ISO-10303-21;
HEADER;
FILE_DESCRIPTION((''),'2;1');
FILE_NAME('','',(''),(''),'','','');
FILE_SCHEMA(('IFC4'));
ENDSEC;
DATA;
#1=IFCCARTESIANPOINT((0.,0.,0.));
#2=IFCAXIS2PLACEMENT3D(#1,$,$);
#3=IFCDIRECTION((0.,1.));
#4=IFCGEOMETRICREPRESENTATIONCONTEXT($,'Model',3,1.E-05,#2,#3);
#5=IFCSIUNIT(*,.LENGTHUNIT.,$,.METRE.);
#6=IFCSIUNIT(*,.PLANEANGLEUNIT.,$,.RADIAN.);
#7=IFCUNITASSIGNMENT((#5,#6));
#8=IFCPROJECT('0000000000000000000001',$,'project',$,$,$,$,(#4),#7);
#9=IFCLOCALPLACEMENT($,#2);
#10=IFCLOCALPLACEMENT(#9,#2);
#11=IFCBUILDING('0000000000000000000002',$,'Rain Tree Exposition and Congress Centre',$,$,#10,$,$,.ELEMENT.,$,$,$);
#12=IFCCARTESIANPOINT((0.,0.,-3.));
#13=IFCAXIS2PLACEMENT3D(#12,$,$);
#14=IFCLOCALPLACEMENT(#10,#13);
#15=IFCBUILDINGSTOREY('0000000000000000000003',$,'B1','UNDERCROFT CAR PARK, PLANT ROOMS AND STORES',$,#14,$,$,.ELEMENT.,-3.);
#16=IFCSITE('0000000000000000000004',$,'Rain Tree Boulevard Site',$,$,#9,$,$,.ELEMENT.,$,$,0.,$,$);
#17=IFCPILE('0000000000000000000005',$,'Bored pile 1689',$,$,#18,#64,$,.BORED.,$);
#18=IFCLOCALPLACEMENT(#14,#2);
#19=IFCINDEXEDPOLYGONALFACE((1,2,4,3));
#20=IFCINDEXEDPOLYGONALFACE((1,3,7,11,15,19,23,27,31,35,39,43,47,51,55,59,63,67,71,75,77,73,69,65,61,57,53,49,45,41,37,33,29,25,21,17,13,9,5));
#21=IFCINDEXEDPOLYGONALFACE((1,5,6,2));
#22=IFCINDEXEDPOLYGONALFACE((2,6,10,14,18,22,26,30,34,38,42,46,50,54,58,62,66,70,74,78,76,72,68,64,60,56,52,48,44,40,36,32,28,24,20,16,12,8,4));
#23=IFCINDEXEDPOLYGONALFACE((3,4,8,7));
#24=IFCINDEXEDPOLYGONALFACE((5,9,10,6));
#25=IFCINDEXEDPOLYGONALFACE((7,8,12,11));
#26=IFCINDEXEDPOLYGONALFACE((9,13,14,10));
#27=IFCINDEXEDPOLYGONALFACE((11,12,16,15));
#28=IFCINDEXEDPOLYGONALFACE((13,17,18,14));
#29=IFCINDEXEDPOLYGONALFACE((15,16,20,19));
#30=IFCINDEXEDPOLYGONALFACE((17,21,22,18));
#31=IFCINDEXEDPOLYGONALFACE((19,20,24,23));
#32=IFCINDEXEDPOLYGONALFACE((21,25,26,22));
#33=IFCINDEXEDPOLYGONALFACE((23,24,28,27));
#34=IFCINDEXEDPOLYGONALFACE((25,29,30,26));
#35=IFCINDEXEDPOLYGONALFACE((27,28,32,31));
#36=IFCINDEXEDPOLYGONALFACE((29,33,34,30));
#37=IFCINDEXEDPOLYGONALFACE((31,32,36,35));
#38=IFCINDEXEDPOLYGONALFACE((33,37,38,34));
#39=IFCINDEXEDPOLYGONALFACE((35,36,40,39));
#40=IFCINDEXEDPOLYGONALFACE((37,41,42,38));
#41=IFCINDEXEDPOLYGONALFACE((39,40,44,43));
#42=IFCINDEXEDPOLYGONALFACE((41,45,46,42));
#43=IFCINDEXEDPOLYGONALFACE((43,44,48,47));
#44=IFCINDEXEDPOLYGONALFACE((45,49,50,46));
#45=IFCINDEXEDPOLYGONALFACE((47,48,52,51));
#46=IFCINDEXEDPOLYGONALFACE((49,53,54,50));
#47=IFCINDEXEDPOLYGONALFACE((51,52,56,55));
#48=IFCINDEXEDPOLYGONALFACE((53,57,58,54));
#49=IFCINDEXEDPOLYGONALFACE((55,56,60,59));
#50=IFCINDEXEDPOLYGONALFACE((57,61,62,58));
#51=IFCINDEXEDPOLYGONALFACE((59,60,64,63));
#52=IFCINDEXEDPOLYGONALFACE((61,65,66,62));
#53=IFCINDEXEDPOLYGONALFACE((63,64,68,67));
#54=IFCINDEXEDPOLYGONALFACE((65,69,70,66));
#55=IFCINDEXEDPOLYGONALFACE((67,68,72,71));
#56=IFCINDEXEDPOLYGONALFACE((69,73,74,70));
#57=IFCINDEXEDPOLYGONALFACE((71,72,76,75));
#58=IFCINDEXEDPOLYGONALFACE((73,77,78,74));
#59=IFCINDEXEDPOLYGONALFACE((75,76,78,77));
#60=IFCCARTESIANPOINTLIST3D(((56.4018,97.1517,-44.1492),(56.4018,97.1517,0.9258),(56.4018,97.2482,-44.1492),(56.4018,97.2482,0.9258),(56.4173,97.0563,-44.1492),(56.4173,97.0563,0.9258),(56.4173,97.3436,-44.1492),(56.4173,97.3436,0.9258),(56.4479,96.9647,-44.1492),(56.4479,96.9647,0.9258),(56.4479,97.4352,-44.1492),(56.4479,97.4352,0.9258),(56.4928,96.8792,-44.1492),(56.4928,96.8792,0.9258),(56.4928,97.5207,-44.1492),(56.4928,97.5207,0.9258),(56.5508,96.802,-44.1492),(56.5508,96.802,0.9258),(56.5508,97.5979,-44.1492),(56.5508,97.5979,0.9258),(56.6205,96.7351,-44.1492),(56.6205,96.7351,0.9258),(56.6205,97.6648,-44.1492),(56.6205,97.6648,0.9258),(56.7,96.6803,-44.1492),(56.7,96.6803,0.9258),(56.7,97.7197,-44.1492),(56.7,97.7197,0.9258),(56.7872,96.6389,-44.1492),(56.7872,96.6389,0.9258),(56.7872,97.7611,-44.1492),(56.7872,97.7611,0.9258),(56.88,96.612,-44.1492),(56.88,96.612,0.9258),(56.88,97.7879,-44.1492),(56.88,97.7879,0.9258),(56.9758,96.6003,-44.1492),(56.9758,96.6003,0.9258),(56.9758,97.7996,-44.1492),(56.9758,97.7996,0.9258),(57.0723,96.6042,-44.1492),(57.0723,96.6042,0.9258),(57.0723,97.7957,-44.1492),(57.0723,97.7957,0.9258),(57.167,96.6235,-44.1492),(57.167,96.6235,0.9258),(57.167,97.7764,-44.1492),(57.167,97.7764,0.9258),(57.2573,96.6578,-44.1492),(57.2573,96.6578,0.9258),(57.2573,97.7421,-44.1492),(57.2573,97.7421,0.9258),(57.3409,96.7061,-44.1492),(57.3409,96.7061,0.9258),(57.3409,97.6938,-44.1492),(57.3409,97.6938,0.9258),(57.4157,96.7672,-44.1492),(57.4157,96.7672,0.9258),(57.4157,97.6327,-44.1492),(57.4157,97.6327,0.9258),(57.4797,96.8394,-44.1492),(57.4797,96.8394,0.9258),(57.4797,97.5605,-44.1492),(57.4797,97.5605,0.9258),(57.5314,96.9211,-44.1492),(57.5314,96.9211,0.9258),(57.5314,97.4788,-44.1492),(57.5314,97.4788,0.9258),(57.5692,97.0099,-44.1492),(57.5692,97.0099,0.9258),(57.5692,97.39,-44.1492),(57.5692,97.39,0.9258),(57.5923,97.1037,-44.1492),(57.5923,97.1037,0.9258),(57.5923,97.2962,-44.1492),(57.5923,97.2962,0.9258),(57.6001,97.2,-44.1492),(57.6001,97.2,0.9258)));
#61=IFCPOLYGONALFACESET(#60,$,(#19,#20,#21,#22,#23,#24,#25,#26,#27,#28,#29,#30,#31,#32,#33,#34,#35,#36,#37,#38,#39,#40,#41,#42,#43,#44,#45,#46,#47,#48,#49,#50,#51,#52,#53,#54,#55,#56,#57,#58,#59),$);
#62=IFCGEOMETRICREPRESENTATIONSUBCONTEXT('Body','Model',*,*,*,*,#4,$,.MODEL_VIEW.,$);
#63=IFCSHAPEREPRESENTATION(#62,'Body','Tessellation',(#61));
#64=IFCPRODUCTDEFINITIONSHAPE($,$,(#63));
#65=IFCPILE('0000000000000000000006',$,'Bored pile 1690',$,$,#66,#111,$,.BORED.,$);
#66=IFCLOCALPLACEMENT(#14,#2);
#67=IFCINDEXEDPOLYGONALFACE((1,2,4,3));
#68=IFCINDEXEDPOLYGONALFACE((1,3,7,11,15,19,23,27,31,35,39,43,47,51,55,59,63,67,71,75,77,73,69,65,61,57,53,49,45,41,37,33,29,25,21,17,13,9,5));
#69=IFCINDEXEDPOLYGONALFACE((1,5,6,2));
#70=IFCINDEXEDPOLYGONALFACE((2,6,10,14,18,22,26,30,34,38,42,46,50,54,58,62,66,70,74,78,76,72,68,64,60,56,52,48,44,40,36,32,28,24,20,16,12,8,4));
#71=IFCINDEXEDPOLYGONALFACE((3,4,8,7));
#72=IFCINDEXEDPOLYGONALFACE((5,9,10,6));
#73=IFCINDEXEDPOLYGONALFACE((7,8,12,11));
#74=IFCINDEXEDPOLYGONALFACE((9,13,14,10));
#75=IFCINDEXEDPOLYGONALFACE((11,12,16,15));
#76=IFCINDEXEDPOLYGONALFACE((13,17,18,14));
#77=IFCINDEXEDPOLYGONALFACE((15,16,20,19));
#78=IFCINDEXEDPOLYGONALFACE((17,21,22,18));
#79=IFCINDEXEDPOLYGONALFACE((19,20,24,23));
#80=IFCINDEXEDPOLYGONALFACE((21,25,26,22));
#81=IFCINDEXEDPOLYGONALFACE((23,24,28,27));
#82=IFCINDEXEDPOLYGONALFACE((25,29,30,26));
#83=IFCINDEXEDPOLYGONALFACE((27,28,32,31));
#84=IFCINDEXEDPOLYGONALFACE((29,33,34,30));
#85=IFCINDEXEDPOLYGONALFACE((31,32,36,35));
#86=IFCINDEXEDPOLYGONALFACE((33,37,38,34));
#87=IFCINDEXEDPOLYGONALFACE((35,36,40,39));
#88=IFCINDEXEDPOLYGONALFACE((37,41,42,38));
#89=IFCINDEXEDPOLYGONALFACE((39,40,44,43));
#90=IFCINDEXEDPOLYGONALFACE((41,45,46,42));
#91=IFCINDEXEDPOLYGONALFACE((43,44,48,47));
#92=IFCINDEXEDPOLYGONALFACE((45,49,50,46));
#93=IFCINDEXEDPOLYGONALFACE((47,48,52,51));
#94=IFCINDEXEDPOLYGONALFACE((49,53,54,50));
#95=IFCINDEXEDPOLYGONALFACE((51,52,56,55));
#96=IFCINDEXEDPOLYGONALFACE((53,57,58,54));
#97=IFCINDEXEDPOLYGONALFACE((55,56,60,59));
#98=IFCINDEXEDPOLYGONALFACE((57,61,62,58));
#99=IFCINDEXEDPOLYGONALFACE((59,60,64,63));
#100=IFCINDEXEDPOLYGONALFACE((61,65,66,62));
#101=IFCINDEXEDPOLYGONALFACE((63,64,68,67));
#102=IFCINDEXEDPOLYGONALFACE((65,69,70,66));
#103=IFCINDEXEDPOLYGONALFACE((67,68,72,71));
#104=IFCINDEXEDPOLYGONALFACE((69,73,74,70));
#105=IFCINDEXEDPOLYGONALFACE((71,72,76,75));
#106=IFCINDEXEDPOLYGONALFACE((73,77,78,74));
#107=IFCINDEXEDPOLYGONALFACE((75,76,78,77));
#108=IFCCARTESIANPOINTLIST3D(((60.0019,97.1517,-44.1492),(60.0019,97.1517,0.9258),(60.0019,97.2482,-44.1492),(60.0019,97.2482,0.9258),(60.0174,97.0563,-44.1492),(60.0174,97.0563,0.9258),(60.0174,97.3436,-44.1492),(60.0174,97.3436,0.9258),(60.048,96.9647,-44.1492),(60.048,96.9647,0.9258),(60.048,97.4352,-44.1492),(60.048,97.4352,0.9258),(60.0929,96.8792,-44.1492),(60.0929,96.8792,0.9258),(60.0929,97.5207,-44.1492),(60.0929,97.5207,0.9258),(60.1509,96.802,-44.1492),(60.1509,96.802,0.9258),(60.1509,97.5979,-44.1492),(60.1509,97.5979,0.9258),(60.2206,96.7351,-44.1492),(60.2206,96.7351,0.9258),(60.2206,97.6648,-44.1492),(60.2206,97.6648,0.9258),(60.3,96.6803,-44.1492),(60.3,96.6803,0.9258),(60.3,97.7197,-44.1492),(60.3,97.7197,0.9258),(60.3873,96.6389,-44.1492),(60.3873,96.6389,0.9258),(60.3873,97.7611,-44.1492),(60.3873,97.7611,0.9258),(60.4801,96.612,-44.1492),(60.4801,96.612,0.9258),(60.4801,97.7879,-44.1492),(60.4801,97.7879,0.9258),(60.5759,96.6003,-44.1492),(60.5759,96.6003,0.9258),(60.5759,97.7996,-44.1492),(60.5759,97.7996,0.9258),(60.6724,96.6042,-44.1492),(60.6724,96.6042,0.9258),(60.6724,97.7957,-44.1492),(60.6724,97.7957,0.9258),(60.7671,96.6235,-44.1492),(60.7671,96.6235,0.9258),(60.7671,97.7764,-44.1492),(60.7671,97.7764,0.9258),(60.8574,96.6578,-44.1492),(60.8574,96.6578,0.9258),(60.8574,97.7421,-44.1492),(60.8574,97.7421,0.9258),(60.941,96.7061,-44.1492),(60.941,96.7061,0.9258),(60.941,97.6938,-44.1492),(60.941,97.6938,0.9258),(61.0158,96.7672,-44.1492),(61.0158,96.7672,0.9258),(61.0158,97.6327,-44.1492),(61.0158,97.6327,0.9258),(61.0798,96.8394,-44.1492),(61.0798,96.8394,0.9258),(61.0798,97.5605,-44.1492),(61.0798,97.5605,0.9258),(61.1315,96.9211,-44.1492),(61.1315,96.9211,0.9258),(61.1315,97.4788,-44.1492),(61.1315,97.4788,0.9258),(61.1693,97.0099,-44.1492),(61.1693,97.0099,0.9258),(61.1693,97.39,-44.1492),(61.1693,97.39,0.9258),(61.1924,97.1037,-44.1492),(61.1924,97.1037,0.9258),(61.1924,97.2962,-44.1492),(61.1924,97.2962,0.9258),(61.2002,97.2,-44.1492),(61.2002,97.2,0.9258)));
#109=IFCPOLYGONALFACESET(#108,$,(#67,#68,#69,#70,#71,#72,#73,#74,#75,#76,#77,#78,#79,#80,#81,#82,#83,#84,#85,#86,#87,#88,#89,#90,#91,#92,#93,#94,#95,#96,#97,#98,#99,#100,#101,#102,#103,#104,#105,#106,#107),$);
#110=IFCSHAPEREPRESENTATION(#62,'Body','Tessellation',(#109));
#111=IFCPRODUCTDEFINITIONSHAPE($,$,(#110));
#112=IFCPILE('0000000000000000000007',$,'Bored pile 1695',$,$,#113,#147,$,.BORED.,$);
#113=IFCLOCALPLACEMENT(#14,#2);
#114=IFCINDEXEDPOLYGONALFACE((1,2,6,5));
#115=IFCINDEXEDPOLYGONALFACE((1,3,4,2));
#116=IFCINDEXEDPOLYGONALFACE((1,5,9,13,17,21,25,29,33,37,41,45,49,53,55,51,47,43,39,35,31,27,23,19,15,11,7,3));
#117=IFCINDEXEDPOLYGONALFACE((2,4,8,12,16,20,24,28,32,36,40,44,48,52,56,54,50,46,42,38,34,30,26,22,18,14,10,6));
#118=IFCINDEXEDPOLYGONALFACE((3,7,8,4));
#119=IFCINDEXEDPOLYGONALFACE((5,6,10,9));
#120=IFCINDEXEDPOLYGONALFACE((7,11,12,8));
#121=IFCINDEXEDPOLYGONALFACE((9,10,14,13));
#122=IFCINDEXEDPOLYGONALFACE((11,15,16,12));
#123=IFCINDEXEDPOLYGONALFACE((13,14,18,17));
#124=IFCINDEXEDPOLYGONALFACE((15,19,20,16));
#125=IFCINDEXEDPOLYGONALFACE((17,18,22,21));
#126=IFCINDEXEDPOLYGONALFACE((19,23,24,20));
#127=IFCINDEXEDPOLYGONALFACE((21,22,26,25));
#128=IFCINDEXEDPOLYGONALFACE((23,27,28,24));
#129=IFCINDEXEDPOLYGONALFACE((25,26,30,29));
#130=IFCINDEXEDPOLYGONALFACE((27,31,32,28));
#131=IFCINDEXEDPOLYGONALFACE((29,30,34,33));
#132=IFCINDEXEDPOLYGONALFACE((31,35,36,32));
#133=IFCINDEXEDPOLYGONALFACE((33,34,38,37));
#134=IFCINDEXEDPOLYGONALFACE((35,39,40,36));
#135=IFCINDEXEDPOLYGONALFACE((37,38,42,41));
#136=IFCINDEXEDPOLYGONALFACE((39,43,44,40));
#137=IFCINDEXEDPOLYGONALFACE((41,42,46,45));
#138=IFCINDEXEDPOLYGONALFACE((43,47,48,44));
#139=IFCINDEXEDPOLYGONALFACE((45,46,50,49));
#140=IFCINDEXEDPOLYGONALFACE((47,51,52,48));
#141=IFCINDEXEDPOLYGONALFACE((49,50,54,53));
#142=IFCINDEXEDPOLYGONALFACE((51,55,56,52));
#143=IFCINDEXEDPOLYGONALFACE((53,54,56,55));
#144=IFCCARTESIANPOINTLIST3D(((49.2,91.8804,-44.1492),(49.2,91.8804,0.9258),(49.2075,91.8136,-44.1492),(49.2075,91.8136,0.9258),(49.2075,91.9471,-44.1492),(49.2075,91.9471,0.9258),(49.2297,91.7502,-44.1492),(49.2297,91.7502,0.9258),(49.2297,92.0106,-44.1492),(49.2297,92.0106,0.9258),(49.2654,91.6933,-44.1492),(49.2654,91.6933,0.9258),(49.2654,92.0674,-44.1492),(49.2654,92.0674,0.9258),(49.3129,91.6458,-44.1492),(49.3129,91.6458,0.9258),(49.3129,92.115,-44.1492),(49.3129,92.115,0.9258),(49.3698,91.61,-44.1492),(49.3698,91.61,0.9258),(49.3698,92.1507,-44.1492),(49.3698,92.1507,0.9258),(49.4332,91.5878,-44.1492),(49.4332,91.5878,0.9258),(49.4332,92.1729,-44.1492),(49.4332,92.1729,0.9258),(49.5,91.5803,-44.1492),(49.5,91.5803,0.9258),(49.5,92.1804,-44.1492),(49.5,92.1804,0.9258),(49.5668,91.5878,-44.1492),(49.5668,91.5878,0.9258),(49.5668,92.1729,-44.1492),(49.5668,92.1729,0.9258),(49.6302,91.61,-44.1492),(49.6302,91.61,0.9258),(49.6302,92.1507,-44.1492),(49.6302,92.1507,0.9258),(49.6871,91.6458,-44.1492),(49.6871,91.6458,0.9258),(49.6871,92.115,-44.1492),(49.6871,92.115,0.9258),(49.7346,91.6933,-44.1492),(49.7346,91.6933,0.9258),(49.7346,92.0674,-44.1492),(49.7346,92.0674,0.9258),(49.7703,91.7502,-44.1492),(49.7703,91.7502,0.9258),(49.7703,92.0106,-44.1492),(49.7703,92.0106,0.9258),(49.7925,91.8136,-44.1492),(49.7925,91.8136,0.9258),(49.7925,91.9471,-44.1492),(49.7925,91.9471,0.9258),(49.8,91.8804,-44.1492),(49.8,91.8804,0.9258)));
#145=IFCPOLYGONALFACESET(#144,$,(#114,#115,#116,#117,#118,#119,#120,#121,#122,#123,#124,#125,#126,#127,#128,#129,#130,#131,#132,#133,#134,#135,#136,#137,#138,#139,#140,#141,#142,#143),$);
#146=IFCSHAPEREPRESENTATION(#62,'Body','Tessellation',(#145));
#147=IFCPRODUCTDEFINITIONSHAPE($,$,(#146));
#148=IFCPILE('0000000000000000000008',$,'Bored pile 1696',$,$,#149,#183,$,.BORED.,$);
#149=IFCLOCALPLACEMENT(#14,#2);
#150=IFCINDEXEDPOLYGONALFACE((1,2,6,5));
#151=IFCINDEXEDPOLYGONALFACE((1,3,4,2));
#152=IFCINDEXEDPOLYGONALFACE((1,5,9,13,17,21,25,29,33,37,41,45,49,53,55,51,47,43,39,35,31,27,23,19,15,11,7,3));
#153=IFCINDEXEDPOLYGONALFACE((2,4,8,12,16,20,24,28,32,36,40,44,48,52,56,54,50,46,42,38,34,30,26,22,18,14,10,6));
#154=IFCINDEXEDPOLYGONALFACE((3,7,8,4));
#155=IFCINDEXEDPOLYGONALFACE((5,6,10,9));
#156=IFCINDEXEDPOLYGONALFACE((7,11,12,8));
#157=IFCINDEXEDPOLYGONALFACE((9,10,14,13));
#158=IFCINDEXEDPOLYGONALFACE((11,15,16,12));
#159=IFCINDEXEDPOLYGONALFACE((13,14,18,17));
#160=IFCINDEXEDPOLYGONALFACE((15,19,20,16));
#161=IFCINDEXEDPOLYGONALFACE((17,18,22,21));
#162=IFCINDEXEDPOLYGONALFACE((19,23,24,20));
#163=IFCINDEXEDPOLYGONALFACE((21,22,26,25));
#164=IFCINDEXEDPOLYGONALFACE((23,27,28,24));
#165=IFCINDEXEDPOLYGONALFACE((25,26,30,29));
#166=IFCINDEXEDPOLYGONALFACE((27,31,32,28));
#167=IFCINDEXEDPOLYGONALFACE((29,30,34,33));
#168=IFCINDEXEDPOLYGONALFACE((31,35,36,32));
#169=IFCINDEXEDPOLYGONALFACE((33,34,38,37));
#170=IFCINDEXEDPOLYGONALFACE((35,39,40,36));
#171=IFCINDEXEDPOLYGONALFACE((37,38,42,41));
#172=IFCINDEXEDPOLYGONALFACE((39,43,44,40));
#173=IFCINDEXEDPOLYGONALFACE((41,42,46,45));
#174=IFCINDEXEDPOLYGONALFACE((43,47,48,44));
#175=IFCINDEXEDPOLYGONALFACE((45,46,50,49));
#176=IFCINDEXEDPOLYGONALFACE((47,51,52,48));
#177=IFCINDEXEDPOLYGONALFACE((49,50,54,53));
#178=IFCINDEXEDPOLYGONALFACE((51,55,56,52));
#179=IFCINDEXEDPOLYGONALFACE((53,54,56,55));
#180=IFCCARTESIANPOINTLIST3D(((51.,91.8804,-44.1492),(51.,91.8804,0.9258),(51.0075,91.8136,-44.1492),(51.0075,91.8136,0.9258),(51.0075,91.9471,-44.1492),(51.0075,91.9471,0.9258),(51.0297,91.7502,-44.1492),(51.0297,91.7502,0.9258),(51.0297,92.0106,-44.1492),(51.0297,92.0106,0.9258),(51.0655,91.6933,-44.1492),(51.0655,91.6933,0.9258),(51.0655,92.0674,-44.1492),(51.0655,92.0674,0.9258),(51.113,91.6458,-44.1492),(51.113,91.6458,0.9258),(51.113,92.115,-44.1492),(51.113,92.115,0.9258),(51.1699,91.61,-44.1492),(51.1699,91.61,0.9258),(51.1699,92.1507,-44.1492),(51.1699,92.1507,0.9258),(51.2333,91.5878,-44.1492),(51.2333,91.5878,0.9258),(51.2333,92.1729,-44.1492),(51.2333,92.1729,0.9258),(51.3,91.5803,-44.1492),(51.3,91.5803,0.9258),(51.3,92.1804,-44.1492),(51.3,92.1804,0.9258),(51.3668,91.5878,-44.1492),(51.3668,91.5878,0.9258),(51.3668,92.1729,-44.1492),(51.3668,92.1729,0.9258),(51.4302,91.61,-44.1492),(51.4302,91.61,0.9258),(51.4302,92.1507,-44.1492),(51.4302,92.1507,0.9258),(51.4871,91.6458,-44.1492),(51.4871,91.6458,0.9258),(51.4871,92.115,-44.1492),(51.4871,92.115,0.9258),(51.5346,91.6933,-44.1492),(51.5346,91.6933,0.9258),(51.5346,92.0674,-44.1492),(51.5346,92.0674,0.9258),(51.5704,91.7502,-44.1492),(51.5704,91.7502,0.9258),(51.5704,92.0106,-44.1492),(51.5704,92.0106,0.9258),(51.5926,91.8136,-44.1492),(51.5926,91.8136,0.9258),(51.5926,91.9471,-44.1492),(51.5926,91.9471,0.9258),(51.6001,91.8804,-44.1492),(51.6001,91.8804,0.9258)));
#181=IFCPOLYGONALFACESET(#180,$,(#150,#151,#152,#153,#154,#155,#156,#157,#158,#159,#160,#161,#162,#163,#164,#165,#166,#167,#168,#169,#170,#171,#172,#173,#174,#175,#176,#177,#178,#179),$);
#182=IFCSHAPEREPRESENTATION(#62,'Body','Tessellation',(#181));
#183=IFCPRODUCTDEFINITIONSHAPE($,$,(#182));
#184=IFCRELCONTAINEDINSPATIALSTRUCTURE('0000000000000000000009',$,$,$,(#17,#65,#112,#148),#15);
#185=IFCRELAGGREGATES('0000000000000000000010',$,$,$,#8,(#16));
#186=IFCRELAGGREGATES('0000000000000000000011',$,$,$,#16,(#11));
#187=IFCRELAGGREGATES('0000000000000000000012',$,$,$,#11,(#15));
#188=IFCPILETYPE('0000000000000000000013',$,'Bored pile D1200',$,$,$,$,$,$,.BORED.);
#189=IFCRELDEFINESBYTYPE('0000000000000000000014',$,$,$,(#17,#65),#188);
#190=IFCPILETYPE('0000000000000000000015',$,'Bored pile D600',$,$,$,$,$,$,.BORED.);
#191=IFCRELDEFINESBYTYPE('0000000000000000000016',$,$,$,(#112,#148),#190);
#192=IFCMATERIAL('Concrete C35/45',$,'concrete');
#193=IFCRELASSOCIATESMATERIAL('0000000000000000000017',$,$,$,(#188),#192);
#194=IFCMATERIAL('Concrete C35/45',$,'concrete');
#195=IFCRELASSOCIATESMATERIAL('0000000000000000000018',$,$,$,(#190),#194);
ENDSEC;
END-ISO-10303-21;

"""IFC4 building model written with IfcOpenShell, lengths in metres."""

from ifc_helpers import new_model, si_unit, direction, frame, origin, origin_2d, place, context, subcontext, project, spatial, circle, extrude, material, material_profile, profile_set, type_object, element, save


model = new_model("IFC4")

# Units and contexts
model_context = context("Model", 3, precision=1e-05, world=origin(), true_north=direction((0.0, 1.0)))
body_context = subcontext(model_context, "Body", "Model", "MODEL_VIEW")
ifc_project = project(units=[si_unit("LENGTHUNIT", "METRE"), si_unit("PLANEANGLEUNIT", "RADIAN")], contexts=[model_context])

# Site, building, storey
site_placement = place(None, origin())
site = spatial("IfcSite", under=ifc_project, at=site_placement, Name="Rain Tree Boulevard Site", CompositionType="ELEMENT", RefElevation=0.0)
building_placement = place(site_placement, origin())
building = spatial("IfcBuilding", under=site, at=building_placement, Name="Rain Tree Exposition and Congress Centre", CompositionType="ELEMENT")
storey_placement = place(building_placement, frame((0.0, 0.0, -3.0)))
storey = spatial("IfcBuildingStorey", under=building, at=storey_placement, Name="B1", Description="UNDERCROFT CAR PARK, PLANT ROOMS AND STORES", CompositionType="ELEMENT", Elevation=-3.0)

# Piles
ifc_material_1 = material(Name="Concrete C35/45", Category="concrete")
ifc_material_profile_1 = material_profile(ifc_material_1, circle(Radius=0.6001, at=origin_2d()), Name="D1200")
ifc_profile_set_1 = profile_set([ifc_material_profile_1], Name="Concrete C35/45")
pile_type_1 = type_object("IfcPileType", Name="Bored pile D1200", PredefinedType="BORED", material=ifc_profile_set_1)
for number, where, z_axis, x_axis, name in (
    (1, (57.0, 97.2, 0.9258), (0.0, 0.0, -1.0), (1.0, 0.0, 0.0), "Bored pile 1689"),
    (2, (60.6001, 97.2, 0.9258), (0.0, 0.0, -1.0), (1.0, 0.0, 0.0), "Bored pile 1690"),
):
    element("IfcPile", number, at=place(storey_placement, frame(where, z_axis=z_axis, x_axis=x_axis)), inside=storey, type_object=pile_type_1, Name=name, PredefinedType="BORED", context=body_context, shape_type="SweptSolid", body=[
        extrude(circle(Radius=0.6001, at=origin_2d()), origin(), (0.0, 0.0, 1.0), 45.075),
    ])
ifc_material_2 = material(Name="Concrete C35/45", Category="concrete")
ifc_material_profile_2 = material_profile(ifc_material_2, circle(Radius=0.3, at=origin_2d()), Name="D600")
ifc_profile_set_2 = profile_set([ifc_material_profile_2], Name="Concrete C35/45")
pile_type_2 = type_object("IfcPileType", Name="Bored pile D600", PredefinedType="BORED", material=ifc_profile_set_2)
for number, where, z_axis, x_axis, name in (
    (3, (49.5, 91.8804, 0.9258), (0.0, 0.0, -1.0), (1.0, 0.0, 0.0), "Bored pile 1695"),
    (4, (51.3, 91.8804, 0.9258), (0.0, 0.0, -1.0), (1.0, 0.0, 0.0), "Bored pile 1696"),
):
    element("IfcPile", number, at=place(storey_placement, frame(where, z_axis=z_axis, x_axis=x_axis)), inside=storey, type_object=pile_type_2, Name=name, PredefinedType="BORED", context=body_context, shape_type="SweptSolid", body=[
        extrude(circle(Radius=0.3, at=origin_2d()), origin(), (0.0, 0.0, 1.0), 45.075),
    ])

save(model, "model.ifc")
